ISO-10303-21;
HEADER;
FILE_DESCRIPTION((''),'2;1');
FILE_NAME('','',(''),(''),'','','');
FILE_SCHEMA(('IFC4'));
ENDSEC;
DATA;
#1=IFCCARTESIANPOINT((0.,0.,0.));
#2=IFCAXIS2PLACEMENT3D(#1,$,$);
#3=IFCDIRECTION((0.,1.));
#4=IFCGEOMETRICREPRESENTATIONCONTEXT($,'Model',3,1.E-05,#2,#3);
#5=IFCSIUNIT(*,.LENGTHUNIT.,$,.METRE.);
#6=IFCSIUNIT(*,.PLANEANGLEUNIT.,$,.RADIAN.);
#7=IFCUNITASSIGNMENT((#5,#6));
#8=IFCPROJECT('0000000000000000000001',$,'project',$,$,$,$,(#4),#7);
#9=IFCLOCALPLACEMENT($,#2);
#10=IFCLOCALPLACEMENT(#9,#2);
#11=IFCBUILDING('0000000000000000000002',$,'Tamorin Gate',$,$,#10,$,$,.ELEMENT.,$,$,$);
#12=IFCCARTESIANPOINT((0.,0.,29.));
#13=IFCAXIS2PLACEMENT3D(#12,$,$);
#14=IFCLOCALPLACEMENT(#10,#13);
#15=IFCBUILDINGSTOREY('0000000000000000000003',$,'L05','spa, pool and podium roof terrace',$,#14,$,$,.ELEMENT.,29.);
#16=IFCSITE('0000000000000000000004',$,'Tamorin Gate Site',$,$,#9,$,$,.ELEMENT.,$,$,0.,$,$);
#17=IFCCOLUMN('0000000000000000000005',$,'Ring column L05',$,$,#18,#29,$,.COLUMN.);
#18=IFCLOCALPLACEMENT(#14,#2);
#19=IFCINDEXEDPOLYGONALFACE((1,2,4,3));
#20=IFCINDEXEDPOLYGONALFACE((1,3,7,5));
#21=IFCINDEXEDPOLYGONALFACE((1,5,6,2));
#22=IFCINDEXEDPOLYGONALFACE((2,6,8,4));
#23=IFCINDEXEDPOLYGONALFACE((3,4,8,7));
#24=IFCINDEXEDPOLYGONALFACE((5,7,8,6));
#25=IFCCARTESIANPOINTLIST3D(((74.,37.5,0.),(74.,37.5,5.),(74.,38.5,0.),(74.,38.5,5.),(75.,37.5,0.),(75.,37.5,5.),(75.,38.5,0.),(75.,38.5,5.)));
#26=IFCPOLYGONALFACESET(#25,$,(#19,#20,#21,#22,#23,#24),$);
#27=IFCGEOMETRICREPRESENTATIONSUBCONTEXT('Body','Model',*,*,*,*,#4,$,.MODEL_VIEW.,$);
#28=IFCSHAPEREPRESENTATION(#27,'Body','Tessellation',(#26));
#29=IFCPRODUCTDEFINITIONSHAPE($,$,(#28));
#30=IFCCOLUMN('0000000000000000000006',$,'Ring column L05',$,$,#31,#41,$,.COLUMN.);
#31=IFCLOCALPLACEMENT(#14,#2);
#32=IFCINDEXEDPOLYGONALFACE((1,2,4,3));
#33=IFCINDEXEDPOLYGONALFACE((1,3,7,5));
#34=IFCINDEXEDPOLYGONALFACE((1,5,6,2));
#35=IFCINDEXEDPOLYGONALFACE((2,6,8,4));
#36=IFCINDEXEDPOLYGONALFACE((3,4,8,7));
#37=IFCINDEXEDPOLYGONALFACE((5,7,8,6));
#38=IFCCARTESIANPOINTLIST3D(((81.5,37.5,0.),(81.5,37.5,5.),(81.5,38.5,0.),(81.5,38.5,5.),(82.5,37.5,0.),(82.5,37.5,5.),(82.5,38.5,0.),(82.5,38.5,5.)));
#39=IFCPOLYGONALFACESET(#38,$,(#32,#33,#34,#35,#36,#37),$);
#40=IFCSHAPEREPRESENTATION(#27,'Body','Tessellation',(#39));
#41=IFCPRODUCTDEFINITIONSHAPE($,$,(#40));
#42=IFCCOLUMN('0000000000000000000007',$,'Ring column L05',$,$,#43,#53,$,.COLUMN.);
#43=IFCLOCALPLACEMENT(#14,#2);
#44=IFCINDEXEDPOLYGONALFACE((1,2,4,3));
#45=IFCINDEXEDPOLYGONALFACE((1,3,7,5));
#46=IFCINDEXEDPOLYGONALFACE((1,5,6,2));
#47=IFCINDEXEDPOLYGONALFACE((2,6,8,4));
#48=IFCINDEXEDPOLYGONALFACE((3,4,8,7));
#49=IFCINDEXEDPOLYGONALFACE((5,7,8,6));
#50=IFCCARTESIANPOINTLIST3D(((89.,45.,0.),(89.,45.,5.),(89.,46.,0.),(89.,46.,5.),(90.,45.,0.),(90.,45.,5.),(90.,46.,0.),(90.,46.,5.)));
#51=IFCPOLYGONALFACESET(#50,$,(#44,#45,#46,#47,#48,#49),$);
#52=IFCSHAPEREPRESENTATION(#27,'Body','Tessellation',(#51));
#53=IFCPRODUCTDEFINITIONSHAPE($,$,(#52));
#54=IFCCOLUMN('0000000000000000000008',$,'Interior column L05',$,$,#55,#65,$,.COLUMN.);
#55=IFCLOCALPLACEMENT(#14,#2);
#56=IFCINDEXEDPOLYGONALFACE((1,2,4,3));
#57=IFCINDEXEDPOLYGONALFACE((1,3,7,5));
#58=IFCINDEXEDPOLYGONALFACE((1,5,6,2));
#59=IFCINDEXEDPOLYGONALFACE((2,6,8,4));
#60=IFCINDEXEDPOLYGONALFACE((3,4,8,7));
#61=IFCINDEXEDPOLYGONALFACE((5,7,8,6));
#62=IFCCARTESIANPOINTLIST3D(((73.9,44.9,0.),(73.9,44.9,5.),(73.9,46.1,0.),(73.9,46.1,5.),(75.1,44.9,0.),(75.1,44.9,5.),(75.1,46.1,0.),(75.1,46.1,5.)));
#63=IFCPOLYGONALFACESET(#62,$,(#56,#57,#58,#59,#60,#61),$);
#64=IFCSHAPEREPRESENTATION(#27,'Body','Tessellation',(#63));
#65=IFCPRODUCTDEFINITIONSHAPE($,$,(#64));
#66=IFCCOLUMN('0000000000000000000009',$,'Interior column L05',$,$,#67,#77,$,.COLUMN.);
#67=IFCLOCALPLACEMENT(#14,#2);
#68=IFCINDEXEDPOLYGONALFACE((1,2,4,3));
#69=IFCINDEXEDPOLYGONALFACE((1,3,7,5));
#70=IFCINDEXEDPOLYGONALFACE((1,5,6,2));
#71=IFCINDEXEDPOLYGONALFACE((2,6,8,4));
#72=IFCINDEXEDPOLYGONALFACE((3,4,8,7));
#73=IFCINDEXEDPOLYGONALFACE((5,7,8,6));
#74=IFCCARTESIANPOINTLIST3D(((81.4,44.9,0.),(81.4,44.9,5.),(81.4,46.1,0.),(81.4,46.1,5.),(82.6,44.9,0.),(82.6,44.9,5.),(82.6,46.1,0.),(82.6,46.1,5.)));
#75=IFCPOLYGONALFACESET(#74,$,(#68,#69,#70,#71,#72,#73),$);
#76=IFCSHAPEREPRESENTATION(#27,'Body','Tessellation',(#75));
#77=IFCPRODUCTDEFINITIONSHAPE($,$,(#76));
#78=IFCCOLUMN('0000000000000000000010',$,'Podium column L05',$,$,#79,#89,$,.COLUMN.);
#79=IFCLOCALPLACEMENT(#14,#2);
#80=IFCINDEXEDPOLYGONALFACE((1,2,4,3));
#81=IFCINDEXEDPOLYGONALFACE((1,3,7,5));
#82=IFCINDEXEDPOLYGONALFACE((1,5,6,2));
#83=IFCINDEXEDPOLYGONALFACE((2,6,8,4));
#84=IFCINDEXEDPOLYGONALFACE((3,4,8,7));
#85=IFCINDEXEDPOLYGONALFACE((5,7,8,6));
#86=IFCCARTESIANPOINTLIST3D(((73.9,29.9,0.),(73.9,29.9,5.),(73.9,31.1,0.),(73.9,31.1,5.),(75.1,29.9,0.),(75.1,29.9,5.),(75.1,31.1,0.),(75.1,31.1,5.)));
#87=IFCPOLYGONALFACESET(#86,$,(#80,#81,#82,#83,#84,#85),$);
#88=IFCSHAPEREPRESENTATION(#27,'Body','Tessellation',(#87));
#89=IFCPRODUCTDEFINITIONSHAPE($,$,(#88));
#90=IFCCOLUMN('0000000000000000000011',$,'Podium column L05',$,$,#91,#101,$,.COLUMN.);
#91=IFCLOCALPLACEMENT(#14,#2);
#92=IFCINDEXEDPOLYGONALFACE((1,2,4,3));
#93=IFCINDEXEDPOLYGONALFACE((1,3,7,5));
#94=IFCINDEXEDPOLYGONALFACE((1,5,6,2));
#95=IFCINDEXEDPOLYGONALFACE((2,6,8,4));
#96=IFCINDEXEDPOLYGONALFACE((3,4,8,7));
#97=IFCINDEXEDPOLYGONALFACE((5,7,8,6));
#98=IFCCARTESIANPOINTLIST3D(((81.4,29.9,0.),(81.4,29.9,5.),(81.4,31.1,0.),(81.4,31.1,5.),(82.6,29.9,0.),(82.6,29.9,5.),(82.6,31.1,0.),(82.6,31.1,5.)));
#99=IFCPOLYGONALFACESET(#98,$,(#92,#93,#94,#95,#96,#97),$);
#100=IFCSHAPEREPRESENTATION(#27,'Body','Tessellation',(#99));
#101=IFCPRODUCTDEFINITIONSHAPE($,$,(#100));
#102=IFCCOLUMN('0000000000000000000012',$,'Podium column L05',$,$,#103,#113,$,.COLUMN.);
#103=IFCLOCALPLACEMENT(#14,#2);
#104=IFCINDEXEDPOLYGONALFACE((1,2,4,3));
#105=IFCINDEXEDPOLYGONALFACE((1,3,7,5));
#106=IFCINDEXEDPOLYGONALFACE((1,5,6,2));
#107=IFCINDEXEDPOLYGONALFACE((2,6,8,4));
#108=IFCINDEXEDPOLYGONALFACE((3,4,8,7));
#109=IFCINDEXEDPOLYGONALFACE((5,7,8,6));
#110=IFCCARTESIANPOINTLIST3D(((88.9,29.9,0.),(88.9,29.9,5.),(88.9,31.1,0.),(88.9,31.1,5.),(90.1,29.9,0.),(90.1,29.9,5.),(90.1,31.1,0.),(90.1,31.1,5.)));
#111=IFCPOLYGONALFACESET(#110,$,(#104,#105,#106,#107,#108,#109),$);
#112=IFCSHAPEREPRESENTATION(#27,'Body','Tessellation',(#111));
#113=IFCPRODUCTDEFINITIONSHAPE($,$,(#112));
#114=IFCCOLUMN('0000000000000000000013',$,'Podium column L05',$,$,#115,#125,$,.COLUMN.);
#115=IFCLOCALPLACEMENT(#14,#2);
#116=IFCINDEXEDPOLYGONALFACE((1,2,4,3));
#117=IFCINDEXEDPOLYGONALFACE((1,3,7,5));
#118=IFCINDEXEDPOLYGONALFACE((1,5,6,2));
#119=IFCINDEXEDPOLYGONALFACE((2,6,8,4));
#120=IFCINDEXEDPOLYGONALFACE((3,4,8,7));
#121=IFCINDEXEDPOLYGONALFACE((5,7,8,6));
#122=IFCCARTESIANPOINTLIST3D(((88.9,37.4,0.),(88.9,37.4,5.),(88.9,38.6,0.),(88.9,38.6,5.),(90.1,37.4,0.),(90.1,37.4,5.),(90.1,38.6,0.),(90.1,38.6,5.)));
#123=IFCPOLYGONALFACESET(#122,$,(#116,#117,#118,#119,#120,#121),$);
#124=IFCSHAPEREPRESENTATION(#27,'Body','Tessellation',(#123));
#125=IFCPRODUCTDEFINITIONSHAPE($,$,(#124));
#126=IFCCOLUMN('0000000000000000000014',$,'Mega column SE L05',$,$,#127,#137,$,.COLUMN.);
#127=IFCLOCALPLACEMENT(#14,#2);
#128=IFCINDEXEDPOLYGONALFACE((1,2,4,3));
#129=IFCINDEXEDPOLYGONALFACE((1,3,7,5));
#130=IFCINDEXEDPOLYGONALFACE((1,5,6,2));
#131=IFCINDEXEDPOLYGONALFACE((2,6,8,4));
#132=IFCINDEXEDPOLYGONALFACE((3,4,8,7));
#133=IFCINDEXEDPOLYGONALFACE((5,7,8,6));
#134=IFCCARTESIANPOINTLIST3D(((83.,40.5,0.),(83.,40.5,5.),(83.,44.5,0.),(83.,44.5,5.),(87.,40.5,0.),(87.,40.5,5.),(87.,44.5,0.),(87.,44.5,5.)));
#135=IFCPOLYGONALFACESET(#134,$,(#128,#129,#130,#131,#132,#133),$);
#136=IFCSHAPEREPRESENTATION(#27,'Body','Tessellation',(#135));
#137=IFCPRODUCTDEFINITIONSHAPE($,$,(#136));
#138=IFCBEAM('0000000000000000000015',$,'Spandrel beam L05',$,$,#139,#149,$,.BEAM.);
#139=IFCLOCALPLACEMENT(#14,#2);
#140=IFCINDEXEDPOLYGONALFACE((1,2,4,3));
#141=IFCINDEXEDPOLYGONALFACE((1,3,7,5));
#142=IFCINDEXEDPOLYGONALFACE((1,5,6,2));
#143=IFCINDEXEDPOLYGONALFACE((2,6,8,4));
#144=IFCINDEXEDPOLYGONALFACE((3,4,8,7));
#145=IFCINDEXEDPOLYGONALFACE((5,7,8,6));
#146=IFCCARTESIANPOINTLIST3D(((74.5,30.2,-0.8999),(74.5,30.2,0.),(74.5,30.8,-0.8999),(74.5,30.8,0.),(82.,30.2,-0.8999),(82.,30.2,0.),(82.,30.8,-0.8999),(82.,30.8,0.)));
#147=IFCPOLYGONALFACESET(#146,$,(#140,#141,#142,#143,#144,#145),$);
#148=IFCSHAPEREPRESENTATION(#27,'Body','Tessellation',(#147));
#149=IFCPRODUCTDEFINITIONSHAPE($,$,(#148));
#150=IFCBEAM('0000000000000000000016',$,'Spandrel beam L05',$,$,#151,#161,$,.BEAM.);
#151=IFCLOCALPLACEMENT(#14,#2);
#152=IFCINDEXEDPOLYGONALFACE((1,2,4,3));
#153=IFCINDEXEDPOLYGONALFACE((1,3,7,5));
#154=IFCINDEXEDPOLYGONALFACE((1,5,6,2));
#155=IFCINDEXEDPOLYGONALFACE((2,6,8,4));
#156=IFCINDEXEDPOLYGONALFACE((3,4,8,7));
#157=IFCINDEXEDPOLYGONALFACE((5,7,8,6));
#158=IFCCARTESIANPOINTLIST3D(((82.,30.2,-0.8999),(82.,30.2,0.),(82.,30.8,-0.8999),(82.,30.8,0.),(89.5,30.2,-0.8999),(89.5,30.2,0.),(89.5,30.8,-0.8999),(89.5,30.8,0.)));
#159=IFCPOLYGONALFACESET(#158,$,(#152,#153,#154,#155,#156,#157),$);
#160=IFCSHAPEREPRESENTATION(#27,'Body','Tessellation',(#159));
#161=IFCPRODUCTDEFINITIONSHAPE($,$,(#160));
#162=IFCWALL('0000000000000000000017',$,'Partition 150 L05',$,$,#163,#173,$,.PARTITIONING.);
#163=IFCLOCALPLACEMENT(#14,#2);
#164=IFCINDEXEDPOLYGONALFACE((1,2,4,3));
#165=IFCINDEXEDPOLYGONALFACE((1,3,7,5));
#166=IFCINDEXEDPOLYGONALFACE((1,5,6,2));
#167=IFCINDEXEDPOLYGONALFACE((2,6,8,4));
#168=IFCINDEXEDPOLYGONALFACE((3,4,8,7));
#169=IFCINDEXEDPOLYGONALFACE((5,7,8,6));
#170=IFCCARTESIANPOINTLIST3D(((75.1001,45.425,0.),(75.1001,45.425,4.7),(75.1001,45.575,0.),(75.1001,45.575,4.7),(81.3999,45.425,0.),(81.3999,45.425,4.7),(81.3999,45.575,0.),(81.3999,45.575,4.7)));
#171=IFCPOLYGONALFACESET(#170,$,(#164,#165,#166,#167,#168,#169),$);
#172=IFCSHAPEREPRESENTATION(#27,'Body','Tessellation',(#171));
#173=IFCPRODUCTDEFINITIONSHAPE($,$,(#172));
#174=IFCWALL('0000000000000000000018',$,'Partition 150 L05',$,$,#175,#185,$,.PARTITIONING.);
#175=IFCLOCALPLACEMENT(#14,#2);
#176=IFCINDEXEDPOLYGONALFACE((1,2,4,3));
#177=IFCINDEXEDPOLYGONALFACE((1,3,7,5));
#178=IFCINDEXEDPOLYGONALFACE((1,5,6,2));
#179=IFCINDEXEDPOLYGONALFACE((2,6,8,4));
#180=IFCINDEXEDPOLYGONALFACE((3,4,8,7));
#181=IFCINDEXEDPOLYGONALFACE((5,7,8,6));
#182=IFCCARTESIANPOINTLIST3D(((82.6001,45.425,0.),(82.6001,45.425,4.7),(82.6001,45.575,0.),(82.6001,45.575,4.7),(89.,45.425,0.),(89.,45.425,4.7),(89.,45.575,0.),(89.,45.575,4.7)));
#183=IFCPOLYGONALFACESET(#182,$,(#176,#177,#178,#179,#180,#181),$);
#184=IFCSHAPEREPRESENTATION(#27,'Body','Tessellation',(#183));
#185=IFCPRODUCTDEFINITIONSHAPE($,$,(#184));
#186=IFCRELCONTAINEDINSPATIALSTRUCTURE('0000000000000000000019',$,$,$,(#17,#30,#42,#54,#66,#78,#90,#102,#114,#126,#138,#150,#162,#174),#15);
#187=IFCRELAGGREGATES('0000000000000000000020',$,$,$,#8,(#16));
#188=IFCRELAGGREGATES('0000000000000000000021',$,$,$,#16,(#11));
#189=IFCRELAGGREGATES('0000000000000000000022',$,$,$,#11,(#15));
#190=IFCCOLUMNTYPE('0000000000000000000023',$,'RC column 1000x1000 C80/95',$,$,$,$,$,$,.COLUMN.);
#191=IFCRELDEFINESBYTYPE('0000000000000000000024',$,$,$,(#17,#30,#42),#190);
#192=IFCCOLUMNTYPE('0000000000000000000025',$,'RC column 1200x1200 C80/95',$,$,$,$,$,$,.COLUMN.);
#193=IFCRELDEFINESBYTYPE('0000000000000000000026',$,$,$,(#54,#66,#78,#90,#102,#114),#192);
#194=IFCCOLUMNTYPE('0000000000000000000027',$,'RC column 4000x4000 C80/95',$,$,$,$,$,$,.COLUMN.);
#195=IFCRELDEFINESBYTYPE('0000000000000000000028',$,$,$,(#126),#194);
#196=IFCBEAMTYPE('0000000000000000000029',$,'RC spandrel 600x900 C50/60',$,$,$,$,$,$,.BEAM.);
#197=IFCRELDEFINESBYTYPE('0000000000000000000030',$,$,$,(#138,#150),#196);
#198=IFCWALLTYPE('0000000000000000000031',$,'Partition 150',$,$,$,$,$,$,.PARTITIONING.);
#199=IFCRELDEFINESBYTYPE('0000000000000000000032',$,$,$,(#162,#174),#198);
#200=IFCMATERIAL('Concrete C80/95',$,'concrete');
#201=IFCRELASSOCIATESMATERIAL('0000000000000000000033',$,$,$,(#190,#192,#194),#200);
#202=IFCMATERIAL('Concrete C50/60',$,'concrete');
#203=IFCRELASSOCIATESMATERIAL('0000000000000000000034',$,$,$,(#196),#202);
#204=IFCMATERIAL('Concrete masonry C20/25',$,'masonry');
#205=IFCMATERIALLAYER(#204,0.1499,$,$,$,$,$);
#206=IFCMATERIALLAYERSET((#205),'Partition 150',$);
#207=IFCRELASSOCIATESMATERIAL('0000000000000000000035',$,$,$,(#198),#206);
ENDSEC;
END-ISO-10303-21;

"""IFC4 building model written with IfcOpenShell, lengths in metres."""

from ifc_helpers import new_model, si_unit, direction, frame, frame_2d, origin, origin_2d, place, context, subcontext, project, spatial, rectangle, extrude, material, layer, layer_set, material_profile, profile_set, type_object, element, save


model = new_model("IFC4")

# Units and contexts
model_context = context("Model", 3, precision=1e-05, world=origin(), true_north=direction((0.0, 1.0)))
body_context = subcontext(model_context, "Body", "Model", "MODEL_VIEW")
ifc_project = project(units=[si_unit("LENGTHUNIT", "METRE"), si_unit("PLANEANGLEUNIT", "RADIAN")], contexts=[model_context])

# Site, building, storey
site_placement = place(None, origin())
site = spatial("IfcSite", under=ifc_project, at=site_placement, Name="Tamorin Gate Site", CompositionType="ELEMENT", RefElevation=0.0)
building_placement = place(site_placement, origin())
building = spatial("IfcBuilding", under=site, at=building_placement, Name="Tamorin Gate", CompositionType="ELEMENT")
storey_placement = place(building_placement, frame((0.0, 0.0, 29.0)))
storey = spatial("IfcBuildingStorey", under=building, at=storey_placement, Name="L05", Description="spa, pool and podium roof terrace", CompositionType="ELEMENT", Elevation=29.0)

# Columns
ifc_material_1 = material(Name="Concrete C80/95", Category="concrete")
ifc_material_profile_1 = material_profile(ifc_material_1, rectangle(XDim=1.0, YDim=1.0, at=origin_2d()), Name="RC 1000x1000")
ifc_profile_set_1 = profile_set([ifc_material_profile_1], Name="Concrete C80/95")
column_type_1 = type_object("IfcColumnType", Name="RC column 1000x1000 C80/95", PredefinedType="COLUMN", material=ifc_profile_set_1)
for number, where, z_axis, x_axis, name in (
    (1, (74.5, 38.0, 0.0), (0.0, 0.0, 1.0), (1.0, 0.0, 0.0), "Ring column L05"),
    (2, (82.0, 38.0, 0.0), (0.0, 0.0, 1.0), (1.0, 0.0, 0.0), "Ring column L05"),
    (3, (89.5, 45.5, 0.0), (0.0, 0.0, 1.0), (1.0, 0.0, 0.0), "Ring column L05"),
):
    element("IfcColumn", number, at=place(storey_placement, frame(where, z_axis=z_axis, x_axis=x_axis)), inside=storey, type_object=column_type_1, Name=name, PredefinedType="COLUMN", context=body_context, shape_type="SweptSolid", body=[
        extrude(rectangle(XDim=1.0, YDim=1.0, at=origin_2d()), origin(), (0.0, 0.0, 1.0), 5.0),
    ])
ifc_material_profile_2 = material_profile(ifc_material_1, rectangle(XDim=1.2, YDim=1.2, at=origin_2d()), Name="RC 1200x1200")
ifc_profile_set_2 = profile_set([ifc_material_profile_2], Name="Concrete C80/95")
column_type_2 = type_object("IfcColumnType", Name="RC column 1200x1200 C80/95", PredefinedType="COLUMN", material=ifc_profile_set_2)
for number, where, z_axis, x_axis, name in (
    (4, (74.5, 45.5, 0.0), (0.0, 0.0, 1.0), (1.0, 0.0, 0.0), "Interior column L05"),
    (5, (82.0, 45.5, 0.0), (0.0, 0.0, 1.0), (1.0, 0.0, 0.0), "Interior column L05"),
    (6, (74.5, 30.5, 0.0), (0.0, 0.0, 1.0), (1.0, 0.0, 0.0), "Podium column L05"),
    (7, (82.0, 30.5, 0.0), (0.0, 0.0, 1.0), (1.0, 0.0, 0.0), "Podium column L05"),
    (8, (89.5, 30.5, 0.0), (0.0, 0.0, 1.0), (1.0, 0.0, 0.0), "Podium column L05"),
    (9, (89.5, 38.0, 0.0), (0.0, 0.0, 1.0), (1.0, 0.0, 0.0), "Podium column L05"),
):
    element("IfcColumn", number, at=place(storey_placement, frame(where, z_axis=z_axis, x_axis=x_axis)), inside=storey, type_object=column_type_2, Name=name, PredefinedType="COLUMN", context=body_context, shape_type="SweptSolid", body=[
        extrude(rectangle(XDim=1.2, YDim=1.2, at=origin_2d()), origin(), (0.0, 0.0, 1.0), 5.0),
    ])
ifc_material_profile_3 = material_profile(ifc_material_1, rectangle(XDim=4.0, YDim=4.0, at=origin_2d()), Name="RC 4000x4000")
ifc_profile_set_3 = profile_set([ifc_material_profile_3], Name="Concrete C80/95")
column_type_3 = type_object("IfcColumnType", Name="RC column 4000x4000 C80/95", PredefinedType="COLUMN", material=ifc_profile_set_3)
column_placement = place(storey_placement, frame((85.0, 42.5, 0.0), z_axis=(0.0, 0.0, 1.0), x_axis=(1.0, 0.0, 0.0)))
element("IfcColumn", 10, at=column_placement, inside=storey, type_object=column_type_3, Name="Mega column SE L05", PredefinedType="COLUMN", context=body_context, shape_type="SweptSolid", body=[
    extrude(rectangle(XDim=4.0, YDim=4.0, at=origin_2d()), origin(), (0.0, 0.0, 1.0), 5.0),
])

# Beams
ifc_material_2 = material(Name="Concrete C50/60", Category="concrete")
ifc_material_profile_4 = material_profile(ifc_material_2, rectangle(XDim=0.6001, YDim=0.8999, at=origin_2d()), Name="RC 600x900")
ifc_profile_set_4 = profile_set([ifc_material_profile_4], Name="Concrete C50/60")
beam_type = type_object("IfcBeamType", Name="RC spandrel 600x900 C50/60", PredefinedType="BEAM", material=ifc_profile_set_4)
for number, where, z_axis, x_axis, name in (
    (11, (74.5, 30.5, -0.45), (1.0, 0.0, 0.0), (0.0, 1.0, 0.0), "Spandrel beam L05"),
    (12, (82.0, 30.5, -0.45), (1.0, 0.0, 0.0), (0.0, 1.0, 0.0), "Spandrel beam L05"),
):
    element("IfcBeam", number, at=place(storey_placement, frame(where, z_axis=z_axis, x_axis=x_axis)), inside=storey, type_object=beam_type, Name=name, PredefinedType="BEAM", context=body_context, shape_type="SweptSolid", body=[
        extrude(rectangle(XDim=0.6001, YDim=0.8999, at=origin_2d()), origin(), (0.0, 0.0, 1.0), 7.5),
    ])

# Walls
ifc_material_3 = material(Name="Concrete masonry C20/25", Category="masonry")
ifc_layer_1 = layer(ifc_material_3, 0.1499)
ifc_layer_set_1 = layer_set([ifc_layer_1], Name="Partition 150")
wall_type_1 = type_object("IfcWallType", Name="Partition 150", PredefinedType="PARTITIONING", material=ifc_layer_set_1)
wall_1_placement = place(storey_placement, frame((75.1001, 45.5, 0.0), z_axis=(0.0, 0.0, 1.0), x_axis=(1.0, 0.0, 0.0)))
element("IfcWall", 13, at=wall_1_placement, inside=storey, type_object=wall_type_1, Name="Partition 150 L05", PredefinedType="PARTITIONING", context=body_context, shape_type="SweptSolid", body=[
    extrude(rectangle(XDim=6.2998, YDim=0.1499, at=frame_2d((3.1499, 0.0))), origin(), (0.0, 0.0, 1.0), 4.7),
])
wall_2_placement = place(storey_placement, frame((82.6001, 45.5, 0.0), z_axis=(0.0, 0.0, 1.0), x_axis=(1.0, 0.0, 0.0)))
element("IfcWall", 14, at=wall_2_placement, inside=storey, type_object=wall_type_1, Name="Partition 150 L05", PredefinedType="PARTITIONING", context=body_context, shape_type="SweptSolid", body=[
    extrude(rectangle(XDim=6.3999, YDim=0.1499, at=frame_2d((3.2, 0.0))), origin(), (0.0, 0.0, 1.0), 4.7),
])

save(model, "model.ifc")
